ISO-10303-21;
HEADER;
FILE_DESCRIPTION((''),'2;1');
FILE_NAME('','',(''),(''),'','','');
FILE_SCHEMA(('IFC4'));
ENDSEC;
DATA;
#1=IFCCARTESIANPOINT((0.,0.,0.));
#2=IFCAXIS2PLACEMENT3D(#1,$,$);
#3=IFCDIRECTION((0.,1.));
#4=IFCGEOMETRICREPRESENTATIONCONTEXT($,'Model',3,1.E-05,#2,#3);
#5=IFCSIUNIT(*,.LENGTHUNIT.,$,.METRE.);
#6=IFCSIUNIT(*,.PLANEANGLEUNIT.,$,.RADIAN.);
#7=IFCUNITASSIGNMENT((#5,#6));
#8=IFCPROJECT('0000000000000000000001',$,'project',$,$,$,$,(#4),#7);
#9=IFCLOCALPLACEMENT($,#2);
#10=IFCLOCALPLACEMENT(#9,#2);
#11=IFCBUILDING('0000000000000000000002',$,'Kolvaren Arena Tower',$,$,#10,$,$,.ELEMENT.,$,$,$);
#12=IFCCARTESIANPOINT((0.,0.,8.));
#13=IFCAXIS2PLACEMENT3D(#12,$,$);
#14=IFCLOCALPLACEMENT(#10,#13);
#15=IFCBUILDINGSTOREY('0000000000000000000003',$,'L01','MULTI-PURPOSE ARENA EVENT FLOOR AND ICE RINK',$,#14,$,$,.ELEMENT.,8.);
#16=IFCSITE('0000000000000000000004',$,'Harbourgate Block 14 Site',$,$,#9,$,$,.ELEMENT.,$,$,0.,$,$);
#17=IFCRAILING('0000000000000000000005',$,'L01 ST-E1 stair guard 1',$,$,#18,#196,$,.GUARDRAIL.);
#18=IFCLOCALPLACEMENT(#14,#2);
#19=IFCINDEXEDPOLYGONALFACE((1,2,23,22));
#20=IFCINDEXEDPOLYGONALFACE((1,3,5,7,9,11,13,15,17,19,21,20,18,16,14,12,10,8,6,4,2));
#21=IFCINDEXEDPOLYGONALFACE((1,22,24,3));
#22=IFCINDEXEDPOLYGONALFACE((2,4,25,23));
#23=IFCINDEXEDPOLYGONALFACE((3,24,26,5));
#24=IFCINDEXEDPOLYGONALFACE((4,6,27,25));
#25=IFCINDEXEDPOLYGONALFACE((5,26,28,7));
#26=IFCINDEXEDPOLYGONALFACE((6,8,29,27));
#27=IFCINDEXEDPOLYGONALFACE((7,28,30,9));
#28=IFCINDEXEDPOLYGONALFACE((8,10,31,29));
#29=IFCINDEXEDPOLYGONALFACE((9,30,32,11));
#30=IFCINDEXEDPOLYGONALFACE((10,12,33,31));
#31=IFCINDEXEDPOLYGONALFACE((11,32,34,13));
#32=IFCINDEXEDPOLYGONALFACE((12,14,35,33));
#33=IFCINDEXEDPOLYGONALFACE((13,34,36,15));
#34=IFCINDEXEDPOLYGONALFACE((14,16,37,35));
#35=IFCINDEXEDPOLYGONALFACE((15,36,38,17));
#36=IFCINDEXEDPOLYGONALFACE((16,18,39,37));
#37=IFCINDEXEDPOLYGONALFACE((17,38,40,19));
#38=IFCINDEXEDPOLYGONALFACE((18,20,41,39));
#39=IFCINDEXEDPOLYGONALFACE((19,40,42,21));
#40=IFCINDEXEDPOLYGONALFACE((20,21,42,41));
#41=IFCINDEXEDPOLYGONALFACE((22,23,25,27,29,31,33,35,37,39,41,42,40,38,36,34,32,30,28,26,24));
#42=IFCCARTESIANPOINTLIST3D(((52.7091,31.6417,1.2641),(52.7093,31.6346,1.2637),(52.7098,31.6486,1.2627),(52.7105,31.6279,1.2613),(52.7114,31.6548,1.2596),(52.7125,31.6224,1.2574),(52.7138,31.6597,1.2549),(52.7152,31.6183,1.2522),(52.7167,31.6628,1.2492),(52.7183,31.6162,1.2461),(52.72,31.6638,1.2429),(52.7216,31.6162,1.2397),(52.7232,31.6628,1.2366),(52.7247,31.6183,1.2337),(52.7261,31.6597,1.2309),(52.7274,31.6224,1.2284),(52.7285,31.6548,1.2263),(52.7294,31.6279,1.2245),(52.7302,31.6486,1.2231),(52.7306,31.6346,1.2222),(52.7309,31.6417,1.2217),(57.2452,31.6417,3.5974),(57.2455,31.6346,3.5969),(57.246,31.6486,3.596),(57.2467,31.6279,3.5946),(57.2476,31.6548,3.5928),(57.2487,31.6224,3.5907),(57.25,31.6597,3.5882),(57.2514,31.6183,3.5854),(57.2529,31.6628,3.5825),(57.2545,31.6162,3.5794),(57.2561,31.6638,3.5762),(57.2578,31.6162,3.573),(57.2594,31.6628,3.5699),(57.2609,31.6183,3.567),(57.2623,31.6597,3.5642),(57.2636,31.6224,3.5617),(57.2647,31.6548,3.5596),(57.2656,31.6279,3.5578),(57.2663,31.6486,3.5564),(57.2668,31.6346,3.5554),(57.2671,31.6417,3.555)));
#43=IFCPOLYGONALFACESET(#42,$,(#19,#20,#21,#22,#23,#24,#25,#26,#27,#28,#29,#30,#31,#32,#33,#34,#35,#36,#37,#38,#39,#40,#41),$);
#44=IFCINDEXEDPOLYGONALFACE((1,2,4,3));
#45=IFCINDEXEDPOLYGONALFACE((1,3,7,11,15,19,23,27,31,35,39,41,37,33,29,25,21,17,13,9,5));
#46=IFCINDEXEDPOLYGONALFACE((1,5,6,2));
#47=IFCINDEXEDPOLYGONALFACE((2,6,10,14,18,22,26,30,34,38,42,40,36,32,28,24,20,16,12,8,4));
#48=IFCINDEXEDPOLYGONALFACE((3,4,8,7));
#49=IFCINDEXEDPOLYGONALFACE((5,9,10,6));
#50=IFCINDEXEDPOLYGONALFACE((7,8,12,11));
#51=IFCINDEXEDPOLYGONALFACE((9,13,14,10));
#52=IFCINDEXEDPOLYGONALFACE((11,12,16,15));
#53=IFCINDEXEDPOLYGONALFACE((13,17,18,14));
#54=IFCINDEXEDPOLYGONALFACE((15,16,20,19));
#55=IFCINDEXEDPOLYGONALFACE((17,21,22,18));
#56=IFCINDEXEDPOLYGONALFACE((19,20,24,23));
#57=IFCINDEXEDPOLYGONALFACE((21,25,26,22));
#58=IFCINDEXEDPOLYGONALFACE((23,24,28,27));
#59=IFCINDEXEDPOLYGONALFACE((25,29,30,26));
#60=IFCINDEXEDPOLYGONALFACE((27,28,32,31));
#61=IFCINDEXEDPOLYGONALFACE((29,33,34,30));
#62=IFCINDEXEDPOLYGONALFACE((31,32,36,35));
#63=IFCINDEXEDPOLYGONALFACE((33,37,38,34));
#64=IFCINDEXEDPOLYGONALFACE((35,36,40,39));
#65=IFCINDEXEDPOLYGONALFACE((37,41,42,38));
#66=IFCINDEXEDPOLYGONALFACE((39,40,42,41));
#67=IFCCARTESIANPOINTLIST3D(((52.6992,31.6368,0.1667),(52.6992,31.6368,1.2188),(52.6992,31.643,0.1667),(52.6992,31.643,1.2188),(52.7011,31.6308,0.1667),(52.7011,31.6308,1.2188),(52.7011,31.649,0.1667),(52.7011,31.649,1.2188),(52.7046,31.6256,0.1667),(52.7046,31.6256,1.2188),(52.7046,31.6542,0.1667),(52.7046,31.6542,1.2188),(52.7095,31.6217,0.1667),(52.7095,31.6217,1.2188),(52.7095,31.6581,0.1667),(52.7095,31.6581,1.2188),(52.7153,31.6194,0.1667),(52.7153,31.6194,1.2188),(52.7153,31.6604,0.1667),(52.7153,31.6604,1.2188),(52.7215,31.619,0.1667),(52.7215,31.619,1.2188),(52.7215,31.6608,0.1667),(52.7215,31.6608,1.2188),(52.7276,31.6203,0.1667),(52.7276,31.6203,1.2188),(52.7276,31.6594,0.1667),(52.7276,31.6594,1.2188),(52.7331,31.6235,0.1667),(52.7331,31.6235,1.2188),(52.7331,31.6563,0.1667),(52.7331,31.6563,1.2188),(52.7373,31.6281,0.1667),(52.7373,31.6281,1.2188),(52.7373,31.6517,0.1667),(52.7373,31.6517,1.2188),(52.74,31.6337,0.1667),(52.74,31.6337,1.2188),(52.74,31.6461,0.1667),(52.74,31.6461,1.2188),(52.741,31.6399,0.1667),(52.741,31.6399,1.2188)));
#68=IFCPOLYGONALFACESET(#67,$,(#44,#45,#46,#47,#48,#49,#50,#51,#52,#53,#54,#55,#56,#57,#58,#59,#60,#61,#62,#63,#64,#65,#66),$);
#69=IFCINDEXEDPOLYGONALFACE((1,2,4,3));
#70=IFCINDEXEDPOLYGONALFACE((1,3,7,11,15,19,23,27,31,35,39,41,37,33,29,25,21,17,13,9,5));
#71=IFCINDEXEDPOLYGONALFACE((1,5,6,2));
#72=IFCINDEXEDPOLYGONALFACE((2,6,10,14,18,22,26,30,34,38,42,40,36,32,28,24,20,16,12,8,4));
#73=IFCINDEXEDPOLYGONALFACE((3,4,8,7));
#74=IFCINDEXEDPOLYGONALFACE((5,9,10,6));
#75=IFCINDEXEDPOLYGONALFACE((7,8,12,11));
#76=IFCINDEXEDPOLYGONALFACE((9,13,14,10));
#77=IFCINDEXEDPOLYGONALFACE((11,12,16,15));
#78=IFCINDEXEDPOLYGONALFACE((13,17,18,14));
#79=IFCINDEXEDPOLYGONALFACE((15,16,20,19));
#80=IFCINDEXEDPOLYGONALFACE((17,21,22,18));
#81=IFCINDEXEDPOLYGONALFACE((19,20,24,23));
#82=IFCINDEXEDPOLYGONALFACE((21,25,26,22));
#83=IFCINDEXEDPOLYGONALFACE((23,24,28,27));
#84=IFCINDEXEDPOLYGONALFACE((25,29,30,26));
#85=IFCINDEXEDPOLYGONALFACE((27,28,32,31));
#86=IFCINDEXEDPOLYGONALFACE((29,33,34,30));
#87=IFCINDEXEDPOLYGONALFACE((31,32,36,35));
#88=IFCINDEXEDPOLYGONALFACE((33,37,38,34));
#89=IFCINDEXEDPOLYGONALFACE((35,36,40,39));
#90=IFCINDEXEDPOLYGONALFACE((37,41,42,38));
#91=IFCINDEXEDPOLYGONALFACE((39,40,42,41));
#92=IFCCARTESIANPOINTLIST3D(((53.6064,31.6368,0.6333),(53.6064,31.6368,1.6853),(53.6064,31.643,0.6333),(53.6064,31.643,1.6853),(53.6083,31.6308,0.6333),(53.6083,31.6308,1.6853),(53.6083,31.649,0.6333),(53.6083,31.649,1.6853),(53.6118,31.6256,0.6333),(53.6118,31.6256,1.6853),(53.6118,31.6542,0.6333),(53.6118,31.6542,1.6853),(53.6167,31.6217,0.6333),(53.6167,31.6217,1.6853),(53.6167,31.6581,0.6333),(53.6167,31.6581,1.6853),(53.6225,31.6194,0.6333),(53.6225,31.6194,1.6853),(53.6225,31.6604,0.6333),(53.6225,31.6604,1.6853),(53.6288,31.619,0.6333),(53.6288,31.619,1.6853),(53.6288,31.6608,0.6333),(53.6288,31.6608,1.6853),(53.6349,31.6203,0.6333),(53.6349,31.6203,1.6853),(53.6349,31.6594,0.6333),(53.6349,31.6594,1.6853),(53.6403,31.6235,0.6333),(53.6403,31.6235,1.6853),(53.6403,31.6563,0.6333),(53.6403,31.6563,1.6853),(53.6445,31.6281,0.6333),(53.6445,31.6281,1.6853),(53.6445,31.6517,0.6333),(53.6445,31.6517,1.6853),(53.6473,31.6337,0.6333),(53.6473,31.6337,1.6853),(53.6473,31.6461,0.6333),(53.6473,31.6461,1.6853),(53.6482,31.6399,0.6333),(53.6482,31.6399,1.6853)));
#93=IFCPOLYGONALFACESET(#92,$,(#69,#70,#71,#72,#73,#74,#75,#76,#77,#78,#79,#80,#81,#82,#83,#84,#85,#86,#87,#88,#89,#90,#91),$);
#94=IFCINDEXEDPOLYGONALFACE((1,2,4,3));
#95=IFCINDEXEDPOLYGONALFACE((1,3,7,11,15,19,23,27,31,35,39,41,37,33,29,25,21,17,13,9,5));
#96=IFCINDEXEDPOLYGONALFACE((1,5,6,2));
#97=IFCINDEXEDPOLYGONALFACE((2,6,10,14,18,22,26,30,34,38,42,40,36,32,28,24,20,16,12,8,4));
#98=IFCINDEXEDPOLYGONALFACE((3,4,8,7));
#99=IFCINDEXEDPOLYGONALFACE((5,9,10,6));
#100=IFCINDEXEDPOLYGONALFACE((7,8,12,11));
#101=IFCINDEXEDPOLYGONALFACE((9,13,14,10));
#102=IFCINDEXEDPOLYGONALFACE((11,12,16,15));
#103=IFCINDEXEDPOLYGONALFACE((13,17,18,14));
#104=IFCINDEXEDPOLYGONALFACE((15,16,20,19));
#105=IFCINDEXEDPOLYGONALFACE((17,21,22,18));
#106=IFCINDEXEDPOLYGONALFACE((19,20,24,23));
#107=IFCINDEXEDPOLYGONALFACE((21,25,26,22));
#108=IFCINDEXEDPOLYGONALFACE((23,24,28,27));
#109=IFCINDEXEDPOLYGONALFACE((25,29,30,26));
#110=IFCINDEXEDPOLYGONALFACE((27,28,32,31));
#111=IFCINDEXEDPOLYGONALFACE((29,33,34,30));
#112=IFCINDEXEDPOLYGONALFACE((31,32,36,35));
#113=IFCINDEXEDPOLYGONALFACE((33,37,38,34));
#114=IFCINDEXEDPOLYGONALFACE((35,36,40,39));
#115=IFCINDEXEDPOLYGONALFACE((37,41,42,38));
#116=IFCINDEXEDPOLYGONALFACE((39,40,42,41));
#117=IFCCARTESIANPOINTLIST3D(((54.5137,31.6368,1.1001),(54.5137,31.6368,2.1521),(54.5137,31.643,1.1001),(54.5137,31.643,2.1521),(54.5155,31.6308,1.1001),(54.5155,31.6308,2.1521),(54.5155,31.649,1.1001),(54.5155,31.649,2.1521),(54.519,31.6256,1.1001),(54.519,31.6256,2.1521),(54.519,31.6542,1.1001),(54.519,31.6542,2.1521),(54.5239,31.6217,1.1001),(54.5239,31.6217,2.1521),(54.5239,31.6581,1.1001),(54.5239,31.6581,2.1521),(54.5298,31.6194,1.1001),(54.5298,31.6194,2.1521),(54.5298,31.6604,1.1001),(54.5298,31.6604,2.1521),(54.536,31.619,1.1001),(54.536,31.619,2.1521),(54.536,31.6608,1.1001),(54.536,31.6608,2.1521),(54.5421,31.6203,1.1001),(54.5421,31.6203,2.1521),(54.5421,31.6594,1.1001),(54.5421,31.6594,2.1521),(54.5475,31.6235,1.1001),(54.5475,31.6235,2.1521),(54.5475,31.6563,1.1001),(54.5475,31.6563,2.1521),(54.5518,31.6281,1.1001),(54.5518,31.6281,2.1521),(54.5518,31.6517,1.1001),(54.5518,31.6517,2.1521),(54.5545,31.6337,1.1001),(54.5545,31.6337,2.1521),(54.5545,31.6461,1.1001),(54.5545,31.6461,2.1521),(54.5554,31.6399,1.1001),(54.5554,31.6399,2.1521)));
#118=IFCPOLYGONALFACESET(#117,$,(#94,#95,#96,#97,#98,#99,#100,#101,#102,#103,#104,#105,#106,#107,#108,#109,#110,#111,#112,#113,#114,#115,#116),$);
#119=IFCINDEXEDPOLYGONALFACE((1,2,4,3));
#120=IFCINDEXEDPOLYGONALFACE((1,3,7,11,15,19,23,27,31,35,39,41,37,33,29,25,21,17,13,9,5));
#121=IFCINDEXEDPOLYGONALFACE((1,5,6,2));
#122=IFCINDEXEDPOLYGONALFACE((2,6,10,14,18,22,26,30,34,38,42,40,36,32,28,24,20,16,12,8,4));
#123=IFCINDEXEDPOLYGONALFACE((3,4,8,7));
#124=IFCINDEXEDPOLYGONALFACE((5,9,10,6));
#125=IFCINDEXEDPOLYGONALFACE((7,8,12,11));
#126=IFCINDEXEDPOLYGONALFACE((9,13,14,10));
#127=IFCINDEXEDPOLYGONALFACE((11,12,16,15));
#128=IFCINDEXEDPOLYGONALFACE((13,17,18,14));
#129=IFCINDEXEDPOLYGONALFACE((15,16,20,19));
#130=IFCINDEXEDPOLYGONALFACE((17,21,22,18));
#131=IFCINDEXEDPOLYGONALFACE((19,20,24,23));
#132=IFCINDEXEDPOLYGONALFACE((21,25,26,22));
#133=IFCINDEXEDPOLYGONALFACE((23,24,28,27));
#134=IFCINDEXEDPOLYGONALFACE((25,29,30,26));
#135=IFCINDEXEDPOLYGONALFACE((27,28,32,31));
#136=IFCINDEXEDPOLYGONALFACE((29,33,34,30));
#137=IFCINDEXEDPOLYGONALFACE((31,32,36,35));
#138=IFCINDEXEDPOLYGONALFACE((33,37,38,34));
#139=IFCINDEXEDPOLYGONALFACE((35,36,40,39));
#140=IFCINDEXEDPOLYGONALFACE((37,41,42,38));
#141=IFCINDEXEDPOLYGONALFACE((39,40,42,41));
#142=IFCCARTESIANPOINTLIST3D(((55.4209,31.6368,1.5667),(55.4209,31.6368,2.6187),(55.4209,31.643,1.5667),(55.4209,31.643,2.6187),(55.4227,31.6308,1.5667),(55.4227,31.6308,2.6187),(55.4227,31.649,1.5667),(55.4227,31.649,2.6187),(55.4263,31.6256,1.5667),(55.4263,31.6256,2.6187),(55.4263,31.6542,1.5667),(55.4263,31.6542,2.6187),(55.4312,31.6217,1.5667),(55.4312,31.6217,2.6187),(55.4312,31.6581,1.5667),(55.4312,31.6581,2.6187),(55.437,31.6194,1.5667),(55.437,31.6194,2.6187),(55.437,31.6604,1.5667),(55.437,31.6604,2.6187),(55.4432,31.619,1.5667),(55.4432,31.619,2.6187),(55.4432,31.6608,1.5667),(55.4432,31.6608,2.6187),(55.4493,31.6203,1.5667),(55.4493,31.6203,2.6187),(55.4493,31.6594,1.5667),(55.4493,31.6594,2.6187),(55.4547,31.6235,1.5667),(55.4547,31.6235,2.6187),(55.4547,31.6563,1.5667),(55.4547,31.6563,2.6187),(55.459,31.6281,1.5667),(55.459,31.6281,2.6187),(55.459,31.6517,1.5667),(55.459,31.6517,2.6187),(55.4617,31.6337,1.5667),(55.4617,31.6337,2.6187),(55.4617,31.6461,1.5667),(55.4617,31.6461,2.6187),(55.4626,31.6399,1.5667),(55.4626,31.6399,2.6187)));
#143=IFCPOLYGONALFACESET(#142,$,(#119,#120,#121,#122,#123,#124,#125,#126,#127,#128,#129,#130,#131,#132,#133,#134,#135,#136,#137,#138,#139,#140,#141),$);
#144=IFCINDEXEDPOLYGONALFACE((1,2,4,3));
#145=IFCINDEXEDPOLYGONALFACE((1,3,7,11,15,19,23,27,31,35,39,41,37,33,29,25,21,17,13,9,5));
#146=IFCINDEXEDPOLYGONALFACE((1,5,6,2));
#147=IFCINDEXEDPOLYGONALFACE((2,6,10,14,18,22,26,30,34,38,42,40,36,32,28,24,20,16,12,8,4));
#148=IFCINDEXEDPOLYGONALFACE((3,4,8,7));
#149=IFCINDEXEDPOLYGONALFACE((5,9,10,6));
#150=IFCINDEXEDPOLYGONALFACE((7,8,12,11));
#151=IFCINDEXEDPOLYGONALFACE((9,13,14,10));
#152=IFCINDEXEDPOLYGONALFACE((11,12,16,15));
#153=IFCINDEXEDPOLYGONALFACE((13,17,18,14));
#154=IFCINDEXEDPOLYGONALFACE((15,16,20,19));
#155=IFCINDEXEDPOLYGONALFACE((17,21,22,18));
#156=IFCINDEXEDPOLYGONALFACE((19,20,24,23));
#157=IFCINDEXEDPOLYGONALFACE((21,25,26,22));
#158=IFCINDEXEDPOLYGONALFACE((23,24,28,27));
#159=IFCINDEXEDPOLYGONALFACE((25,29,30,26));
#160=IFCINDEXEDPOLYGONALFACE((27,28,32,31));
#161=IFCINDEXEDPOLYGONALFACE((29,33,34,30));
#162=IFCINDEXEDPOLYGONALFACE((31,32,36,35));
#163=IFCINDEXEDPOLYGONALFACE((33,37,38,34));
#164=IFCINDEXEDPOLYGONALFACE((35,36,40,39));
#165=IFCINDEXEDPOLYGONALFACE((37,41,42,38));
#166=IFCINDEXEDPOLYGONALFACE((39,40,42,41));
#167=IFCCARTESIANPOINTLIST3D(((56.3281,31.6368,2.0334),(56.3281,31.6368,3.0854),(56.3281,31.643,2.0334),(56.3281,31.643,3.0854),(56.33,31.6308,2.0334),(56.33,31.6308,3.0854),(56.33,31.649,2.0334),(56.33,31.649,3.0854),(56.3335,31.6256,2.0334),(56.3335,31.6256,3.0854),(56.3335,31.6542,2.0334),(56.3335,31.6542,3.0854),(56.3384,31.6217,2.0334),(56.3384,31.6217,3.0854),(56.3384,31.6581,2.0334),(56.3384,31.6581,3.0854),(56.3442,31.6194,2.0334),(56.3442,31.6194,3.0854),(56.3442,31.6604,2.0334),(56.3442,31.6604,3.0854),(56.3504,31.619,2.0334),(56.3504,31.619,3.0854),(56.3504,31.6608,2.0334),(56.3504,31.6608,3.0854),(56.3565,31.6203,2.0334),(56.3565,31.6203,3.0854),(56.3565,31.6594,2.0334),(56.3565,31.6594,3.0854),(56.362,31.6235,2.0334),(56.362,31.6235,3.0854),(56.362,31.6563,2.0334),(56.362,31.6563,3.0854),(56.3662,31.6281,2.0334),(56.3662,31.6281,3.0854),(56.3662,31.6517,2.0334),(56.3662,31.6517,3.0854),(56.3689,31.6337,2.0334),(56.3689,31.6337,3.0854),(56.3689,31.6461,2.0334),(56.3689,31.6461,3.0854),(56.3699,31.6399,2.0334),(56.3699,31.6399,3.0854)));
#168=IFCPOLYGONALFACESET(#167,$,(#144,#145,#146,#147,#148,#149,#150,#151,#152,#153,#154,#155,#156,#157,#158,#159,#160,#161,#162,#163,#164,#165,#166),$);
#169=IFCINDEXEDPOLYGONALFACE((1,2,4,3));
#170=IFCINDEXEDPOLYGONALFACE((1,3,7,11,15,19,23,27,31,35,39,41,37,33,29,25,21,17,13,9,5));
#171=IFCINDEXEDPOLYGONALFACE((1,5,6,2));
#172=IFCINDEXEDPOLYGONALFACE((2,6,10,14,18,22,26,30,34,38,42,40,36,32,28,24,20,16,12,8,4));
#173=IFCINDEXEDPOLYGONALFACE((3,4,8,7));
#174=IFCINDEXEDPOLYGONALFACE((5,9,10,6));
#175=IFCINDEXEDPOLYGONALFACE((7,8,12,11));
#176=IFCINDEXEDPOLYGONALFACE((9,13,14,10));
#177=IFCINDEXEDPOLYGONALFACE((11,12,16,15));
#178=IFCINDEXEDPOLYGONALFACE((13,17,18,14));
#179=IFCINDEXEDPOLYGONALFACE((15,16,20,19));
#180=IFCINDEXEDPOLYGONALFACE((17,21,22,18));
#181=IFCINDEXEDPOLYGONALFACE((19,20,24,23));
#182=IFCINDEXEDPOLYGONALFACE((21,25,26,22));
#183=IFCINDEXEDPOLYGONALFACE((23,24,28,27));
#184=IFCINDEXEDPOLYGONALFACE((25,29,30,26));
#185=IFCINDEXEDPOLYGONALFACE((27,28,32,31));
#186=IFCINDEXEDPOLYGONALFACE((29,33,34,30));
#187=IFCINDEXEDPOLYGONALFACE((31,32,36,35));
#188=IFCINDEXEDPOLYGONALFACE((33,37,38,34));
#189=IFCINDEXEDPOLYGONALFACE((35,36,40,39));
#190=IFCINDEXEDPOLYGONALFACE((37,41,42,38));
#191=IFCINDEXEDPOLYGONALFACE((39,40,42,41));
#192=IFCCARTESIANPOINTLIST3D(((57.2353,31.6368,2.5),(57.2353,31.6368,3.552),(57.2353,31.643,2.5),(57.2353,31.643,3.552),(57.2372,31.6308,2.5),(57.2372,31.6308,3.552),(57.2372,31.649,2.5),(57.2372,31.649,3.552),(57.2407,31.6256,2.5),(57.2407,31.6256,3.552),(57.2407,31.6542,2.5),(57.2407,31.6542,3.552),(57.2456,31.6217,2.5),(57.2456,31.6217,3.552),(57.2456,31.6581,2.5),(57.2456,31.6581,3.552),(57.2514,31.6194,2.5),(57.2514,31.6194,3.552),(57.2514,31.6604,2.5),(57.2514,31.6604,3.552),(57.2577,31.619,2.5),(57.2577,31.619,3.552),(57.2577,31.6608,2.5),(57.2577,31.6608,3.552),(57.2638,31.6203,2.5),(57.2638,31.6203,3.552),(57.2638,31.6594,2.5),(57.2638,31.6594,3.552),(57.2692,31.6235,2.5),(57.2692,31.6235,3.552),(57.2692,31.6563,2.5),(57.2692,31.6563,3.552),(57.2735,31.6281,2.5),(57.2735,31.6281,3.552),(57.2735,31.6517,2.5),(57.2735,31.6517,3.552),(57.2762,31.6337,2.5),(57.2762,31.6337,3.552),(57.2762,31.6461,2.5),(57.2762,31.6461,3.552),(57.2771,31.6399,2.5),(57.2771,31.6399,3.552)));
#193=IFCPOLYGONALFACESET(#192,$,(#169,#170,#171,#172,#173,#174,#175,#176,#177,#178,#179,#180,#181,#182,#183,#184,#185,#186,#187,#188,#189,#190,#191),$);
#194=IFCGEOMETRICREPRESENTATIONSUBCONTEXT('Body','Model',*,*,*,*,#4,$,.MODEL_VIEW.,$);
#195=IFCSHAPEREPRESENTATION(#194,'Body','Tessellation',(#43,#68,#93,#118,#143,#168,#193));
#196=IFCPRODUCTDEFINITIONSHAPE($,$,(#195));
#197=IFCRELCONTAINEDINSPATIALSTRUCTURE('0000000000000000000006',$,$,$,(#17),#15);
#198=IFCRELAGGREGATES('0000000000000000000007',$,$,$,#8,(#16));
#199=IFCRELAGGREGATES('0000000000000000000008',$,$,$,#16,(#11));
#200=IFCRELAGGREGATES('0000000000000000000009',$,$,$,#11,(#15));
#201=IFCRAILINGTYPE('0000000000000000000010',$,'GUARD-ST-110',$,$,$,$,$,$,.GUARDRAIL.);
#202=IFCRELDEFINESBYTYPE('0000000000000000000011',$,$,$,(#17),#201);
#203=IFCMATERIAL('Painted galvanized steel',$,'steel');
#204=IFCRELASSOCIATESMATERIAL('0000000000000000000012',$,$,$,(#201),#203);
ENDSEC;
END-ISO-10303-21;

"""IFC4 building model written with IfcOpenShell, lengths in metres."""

from ifc_helpers import new_model, si_unit, direction, frame, origin, origin_2d, place, context, subcontext, project, spatial, circle, extrude, material, type_object, element, save


model = new_model("IFC4")

# Units and contexts
model_context = context("Model", 3, precision=1e-05, world=origin(), true_north=direction((0.0, 1.0)))
body_context = subcontext(model_context, "Body", "Model", "MODEL_VIEW")
ifc_project = project(units=[si_unit("LENGTHUNIT", "METRE"), si_unit("PLANEANGLEUNIT", "RADIAN")], contexts=[model_context])

# Site, building, storey
site_placement = place(None, origin())
site = spatial("IfcSite", under=ifc_project, at=site_placement, Name="Harbourgate Block 14 Site", CompositionType="ELEMENT", RefElevation=0.0)
building_placement = place(site_placement, origin())
building = spatial("IfcBuilding", under=site, at=building_placement, Name="Kolvaren Arena Tower", CompositionType="ELEMENT")
storey_placement = place(building_placement, frame((0.0, 0.0, 8.0)))
storey = spatial("IfcBuildingStorey", under=building, at=storey_placement, Name="L01", Description="MULTI-PURPOSE ARENA EVENT FLOOR AND ICE RINK", CompositionType="ELEMENT", Elevation=8.0)

# Railing
ifc_material_1 = material(Name="Painted galvanized steel", Category="steel")
railing_type_1 = type_object("IfcRailingType", Name="GUARD-ST-110", PredefinedType="GUARDRAIL", material=ifc_material_1)
railing_1_placement = place(storey_placement, frame((52.72, 31.6399, 0.1667)))
element("IfcRailing", 1, at=railing_1_placement, inside=storey, type_object=railing_type_1, Name="L01 ST-E1 stair guard 1", PredefinedType="GUARDRAIL", context=body_context, shape_type="SweptSolid", body=[
    extrude(circle(Radius=0.0239, at=origin_2d()), frame((0.0, 0.0, 1.0762), z_axis=(0.889257, 0.0, 0.457407), x_axis=(0.0, 1.0, 0.0)), (0.0, 0.0, 1.0), 5.1011),
    extrude(circle(Radius=0.021, at=origin_2d()), origin(), (0.0, 0.0, 1.0), 1.052),
    extrude(circle(Radius=0.021, at=origin_2d()), frame((0.9072, 0.0, 0.4666)), (0.0, 0.0, 1.0), 1.052),
    extrude(circle(Radius=0.021, at=origin_2d()), frame((1.8145, 0.0, 0.9333)), (0.0, 0.0, 1.0), 1.052),
    extrude(circle(Radius=0.021, at=origin_2d()), frame((2.7217, 0.0, 1.3999)), (0.0, 0.0, 1.0), 1.052),
    extrude(circle(Radius=0.021, at=origin_2d()), frame((3.6289, 0.0, 1.8667)), (0.0, 0.0, 1.0), 1.052),
    extrude(circle(Radius=0.021, at=origin_2d()), frame((4.5361, 0.0, 2.3333)), (0.0, 0.0, 1.0), 1.052),
])

save(model, "model.ifc")
